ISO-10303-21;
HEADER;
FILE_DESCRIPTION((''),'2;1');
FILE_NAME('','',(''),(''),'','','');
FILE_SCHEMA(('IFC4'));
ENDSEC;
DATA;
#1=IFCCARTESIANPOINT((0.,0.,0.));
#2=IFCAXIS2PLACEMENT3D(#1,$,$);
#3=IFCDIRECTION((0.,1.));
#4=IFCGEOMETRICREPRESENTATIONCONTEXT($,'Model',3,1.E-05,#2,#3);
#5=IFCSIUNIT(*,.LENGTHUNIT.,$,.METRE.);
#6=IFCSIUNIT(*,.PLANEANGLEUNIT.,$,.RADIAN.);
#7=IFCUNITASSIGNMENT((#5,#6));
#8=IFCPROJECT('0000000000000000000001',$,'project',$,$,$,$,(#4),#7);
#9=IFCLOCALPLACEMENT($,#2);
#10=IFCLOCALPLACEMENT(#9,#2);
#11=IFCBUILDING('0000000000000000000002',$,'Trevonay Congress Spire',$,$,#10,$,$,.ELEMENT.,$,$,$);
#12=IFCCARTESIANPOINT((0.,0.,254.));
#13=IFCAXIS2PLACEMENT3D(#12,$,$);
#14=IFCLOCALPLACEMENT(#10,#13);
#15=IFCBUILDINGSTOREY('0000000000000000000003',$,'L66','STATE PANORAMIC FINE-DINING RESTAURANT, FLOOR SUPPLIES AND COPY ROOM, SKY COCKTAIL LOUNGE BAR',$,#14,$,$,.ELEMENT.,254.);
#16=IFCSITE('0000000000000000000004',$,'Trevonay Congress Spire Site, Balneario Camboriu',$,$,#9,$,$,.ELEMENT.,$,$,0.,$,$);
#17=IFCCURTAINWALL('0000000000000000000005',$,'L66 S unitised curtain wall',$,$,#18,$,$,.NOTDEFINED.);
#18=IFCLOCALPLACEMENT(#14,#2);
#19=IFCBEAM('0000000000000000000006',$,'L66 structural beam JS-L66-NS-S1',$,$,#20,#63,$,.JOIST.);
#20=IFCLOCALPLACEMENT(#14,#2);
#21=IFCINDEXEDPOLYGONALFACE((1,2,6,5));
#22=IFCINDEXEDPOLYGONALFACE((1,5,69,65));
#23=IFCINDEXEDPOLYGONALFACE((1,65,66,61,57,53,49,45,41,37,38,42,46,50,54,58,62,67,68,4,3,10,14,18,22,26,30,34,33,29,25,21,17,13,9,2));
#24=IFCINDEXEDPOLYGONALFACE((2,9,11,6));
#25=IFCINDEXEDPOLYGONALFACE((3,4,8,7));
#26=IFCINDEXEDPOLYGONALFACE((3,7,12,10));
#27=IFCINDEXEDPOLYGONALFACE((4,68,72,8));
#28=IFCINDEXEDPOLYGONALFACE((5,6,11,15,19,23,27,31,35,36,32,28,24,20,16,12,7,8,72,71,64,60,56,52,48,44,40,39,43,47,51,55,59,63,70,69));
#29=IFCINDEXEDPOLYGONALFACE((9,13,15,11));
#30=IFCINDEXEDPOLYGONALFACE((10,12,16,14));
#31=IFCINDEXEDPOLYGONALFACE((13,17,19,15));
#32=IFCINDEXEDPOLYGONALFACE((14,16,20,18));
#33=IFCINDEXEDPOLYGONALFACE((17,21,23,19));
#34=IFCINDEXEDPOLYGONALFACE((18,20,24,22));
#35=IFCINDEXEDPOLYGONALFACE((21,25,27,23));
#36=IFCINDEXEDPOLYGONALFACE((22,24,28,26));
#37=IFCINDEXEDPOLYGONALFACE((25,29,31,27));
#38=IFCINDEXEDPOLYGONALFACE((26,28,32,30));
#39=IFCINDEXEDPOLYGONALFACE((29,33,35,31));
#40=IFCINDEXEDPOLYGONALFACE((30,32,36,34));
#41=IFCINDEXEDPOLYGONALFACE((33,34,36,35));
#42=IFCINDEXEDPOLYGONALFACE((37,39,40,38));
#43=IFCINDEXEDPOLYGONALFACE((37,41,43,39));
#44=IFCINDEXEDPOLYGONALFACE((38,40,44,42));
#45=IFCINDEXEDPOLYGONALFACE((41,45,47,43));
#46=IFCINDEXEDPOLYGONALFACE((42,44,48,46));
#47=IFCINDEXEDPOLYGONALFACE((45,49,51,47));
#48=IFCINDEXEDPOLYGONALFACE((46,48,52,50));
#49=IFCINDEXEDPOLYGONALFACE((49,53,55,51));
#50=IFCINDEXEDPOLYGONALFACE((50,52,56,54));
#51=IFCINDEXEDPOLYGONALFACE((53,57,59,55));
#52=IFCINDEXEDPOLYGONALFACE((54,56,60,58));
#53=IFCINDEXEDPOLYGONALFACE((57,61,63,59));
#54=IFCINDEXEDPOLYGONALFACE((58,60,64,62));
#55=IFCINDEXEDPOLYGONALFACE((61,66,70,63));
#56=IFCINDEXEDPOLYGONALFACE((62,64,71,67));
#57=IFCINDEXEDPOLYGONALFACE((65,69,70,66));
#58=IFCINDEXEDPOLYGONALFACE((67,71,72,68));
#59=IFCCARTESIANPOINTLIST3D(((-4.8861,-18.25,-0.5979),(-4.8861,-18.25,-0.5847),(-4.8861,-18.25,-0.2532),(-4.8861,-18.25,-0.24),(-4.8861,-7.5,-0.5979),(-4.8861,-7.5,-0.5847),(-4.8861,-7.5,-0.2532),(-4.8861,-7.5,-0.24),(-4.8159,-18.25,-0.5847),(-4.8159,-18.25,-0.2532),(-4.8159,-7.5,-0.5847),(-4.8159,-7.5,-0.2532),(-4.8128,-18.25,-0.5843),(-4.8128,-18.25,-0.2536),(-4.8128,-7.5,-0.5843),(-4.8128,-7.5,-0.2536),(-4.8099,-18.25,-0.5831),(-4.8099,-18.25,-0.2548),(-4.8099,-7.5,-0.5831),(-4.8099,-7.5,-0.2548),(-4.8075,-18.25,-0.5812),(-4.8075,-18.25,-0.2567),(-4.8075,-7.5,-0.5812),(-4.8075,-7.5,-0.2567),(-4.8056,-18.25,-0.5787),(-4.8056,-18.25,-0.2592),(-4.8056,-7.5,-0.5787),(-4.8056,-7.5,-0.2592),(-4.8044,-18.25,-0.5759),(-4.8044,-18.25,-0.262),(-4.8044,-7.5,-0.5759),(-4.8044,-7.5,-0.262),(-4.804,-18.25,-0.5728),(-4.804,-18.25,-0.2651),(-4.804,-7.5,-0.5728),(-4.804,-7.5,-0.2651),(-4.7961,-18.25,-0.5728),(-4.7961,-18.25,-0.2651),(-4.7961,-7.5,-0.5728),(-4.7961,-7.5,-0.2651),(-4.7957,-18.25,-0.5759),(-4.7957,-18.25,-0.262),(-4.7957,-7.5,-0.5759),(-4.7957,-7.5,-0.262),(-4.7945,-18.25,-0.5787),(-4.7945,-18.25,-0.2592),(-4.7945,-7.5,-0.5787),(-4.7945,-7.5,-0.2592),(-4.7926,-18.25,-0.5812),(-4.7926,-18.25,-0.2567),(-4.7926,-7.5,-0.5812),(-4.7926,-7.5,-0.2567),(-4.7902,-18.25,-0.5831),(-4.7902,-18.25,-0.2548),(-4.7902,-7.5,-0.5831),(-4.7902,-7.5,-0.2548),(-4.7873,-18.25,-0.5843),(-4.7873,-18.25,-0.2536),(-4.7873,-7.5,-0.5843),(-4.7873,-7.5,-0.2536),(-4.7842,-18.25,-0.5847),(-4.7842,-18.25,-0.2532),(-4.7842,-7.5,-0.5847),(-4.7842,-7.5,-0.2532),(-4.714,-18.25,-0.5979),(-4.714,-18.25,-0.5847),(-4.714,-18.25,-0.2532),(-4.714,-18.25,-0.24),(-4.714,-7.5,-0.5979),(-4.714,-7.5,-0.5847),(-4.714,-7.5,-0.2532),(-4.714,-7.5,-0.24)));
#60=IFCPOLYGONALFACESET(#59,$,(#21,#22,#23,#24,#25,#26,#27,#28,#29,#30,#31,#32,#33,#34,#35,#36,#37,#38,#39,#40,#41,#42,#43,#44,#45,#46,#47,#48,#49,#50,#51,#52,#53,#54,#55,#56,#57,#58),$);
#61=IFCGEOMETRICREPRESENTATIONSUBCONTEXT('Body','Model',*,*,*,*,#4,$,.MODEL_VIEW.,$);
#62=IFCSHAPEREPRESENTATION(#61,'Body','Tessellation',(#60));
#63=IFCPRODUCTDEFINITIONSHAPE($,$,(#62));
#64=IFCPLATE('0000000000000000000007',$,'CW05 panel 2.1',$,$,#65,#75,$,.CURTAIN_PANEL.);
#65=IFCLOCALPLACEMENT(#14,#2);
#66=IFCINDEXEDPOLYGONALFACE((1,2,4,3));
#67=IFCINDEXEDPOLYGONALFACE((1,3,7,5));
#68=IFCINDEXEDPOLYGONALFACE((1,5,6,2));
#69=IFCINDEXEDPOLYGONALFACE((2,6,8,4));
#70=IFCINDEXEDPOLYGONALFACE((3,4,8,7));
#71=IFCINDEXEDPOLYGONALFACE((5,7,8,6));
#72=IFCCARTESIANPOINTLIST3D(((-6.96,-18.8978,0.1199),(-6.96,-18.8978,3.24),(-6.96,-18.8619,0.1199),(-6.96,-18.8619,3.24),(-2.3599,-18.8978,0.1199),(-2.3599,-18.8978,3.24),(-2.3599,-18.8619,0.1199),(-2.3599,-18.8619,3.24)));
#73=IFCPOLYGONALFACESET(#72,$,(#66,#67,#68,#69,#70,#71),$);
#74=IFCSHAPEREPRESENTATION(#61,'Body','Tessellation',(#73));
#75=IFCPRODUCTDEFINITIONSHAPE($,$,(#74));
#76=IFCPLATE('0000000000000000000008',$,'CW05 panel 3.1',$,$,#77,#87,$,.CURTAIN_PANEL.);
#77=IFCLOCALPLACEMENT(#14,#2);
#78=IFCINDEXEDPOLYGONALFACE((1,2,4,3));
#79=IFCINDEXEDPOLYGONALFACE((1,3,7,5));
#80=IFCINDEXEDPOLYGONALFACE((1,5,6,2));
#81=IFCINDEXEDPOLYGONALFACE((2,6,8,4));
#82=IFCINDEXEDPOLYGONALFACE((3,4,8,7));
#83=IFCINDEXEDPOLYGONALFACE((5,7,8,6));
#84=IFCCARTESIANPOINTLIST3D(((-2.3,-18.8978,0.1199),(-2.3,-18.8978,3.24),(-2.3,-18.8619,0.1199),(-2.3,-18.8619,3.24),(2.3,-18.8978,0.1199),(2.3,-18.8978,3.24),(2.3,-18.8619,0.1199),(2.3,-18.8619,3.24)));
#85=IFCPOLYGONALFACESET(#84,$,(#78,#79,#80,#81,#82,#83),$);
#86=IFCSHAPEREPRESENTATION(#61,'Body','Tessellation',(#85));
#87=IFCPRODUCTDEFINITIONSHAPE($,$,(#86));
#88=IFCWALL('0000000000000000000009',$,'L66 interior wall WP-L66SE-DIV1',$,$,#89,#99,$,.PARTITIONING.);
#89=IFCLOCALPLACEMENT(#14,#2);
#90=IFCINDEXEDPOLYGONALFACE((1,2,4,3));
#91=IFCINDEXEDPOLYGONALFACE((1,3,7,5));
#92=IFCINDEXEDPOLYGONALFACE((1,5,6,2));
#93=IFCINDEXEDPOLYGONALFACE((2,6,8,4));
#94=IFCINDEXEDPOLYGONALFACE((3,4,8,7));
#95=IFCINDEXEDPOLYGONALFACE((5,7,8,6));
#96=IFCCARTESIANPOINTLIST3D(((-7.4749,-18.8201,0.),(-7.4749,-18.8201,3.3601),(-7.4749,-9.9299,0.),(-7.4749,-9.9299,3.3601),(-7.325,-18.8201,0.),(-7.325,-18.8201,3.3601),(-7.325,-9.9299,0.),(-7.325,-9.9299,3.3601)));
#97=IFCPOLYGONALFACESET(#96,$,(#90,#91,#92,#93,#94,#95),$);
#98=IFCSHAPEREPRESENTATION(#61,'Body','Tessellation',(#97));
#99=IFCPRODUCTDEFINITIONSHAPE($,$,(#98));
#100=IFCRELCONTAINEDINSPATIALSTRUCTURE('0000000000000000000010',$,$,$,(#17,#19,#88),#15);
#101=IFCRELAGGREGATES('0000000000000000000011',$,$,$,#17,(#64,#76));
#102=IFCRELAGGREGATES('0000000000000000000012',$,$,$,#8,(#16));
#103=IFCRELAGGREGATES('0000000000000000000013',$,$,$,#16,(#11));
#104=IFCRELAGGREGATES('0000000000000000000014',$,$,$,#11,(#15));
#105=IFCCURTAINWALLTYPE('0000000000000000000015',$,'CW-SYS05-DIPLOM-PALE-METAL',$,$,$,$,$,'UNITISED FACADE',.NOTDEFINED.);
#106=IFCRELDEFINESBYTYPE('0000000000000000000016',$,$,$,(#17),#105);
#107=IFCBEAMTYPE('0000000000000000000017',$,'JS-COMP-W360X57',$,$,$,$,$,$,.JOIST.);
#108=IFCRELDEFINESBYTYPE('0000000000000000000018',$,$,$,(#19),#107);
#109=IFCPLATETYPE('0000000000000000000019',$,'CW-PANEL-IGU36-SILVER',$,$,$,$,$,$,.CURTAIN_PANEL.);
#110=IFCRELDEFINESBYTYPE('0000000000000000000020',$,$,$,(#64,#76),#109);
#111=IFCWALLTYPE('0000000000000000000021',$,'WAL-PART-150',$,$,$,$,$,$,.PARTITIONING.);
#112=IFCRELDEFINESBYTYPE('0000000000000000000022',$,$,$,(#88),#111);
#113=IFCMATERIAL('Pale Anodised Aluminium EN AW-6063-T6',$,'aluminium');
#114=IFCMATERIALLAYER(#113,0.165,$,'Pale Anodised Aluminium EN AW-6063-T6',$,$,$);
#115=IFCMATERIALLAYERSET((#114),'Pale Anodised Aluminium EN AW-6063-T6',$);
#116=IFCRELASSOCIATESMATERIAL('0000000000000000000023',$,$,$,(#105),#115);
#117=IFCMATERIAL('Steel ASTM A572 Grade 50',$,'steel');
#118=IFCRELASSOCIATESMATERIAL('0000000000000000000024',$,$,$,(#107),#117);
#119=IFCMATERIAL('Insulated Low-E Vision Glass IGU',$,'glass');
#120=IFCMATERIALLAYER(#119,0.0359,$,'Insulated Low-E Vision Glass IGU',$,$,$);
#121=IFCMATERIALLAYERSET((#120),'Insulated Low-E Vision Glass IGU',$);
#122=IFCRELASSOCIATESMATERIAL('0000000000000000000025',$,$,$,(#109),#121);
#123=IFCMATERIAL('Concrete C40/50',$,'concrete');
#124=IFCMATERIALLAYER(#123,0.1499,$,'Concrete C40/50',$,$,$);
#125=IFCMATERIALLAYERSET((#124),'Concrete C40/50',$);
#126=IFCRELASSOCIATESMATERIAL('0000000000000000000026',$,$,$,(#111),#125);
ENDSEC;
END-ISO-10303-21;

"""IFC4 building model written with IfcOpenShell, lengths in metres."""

from ifc_helpers import new_model, si_unit, direction, frame, frame_2d, origin, origin_2d, place, context, subcontext, project, spatial, rectangle, i_section, extrude, material, layer, layer_set, material_profile, profile_set, type_object, element, aggregate, save


model = new_model("IFC4")

# Units and contexts
model_context = context("Model", 3, precision=1e-05, world=origin(), true_north=direction((0.0, 1.0)))
body_context = subcontext(model_context, "Body", "Model", "MODEL_VIEW")
ifc_project = project(units=[si_unit("LENGTHUNIT", "METRE"), si_unit("PLANEANGLEUNIT", "RADIAN")], contexts=[model_context])

# Site, building, storey
site_placement = place(None, origin())
site = spatial("IfcSite", under=ifc_project, at=site_placement, Name="Trevonay Congress Spire Site, Balneario Camboriu", CompositionType="ELEMENT", RefElevation=0.0)
building_placement = place(site_placement, origin())
building = spatial("IfcBuilding", under=site, at=building_placement, Name="Trevonay Congress Spire", CompositionType="ELEMENT")
storey_placement = place(building_placement, frame((0.0, 0.0, 254.0)))
storey = spatial("IfcBuildingStorey", under=building, at=storey_placement, Name="L66", Description="STATE PANORAMIC FINE-DINING RESTAURANT, FLOOR SUPPLIES AND COPY ROOM, SKY COCKTAIL LOUNGE BAR", CompositionType="ELEMENT", Elevation=254.0)

# Shared definitions
ifc_material_1 = material(Name="Steel ASTM A572 Grade 50", Category="steel")

# Curtain wall
ifc_material_2 = material(Name="Pale Anodised Aluminium EN AW-6063-T6", Category="aluminium")
ifc_layer_1 = layer(ifc_material_2, 0.165, Name="Pale Anodised Aluminium EN AW-6063-T6")
ifc_layer_set_1 = layer_set([ifc_layer_1], Name="Pale Anodised Aluminium EN AW-6063-T6")
curtain_wall_type = type_object("IfcCurtainWallType", Name="CW-SYS05-DIPLOM-PALE-METAL", ElementType="UNITISED FACADE", PredefinedType="NOTDEFINED", material=ifc_layer_set_1)
curtain_wall_placement = place(storey_placement, origin())
curtain_wall = element("IfcCurtainWall", 1, at=curtain_wall_placement, inside=storey, type_object=curtain_wall_type, Name="L66 S unitised curtain wall", PredefinedType="NOTDEFINED")

# Beam
ifc_material_profile_1 = material_profile(ifc_material_1, i_section(OverallWidth=0.1721, OverallDepth=0.3579, WebThickness=0.0078, FlangeThickness=0.0132, FilletRadius=0.012, at=origin_2d()), Name="W360x57.8")
ifc_profile_set_1 = profile_set([ifc_material_profile_1], Name="Steel ASTM A572 Grade 50")
beam_type_1 = type_object("IfcBeamType", Name="JS-COMP-W360X57", PredefinedType="JOIST", material=ifc_profile_set_1)
beam_1_placement = place(storey_placement, frame((-4.8, -18.25, -0.4189), z_axis=(0.0, 1.0, 0.0), x_axis=(-1.0, 0.0, 0.0)))
element("IfcBeam", 2, at=beam_1_placement, inside=storey, type_object=beam_type_1, Name="L66 structural beam JS-L66-NS-S1", PredefinedType="JOIST", context=body_context, shape_type="SweptSolid", body=[
    extrude(i_section(OverallWidth=0.1721, OverallDepth=0.3579, WebThickness=0.0078, FlangeThickness=0.0132, FilletRadius=0.012, at=origin_2d()), origin(), (0.0, 0.0, 1.0), 10.75),
])

# Plates
ifc_material_3 = material(Name="Insulated Low-E Vision Glass IGU", Category="glass")
ifc_layer_2 = layer(ifc_material_3, 0.0359, Name="Insulated Low-E Vision Glass IGU")
ifc_layer_set_2 = layer_set([ifc_layer_2], Name="Insulated Low-E Vision Glass IGU")
plate_type = type_object("IfcPlateType", Name="CW-PANEL-IGU36-SILVER", PredefinedType="CURTAIN_PANEL", material=ifc_layer_set_2)
plate_1_placement = place(storey_placement, frame((-4.6599, -18.8799, 0.1199), z_axis=(0.0, 0.0, 1.0), x_axis=(1.0, 0.0, 0.0)))
plate_1 = element("IfcPlate", 3, at=plate_1_placement, type_object=plate_type, Name="CW05 panel 2.1", PredefinedType="CURTAIN_PANEL", context=body_context, shape_type="SweptSolid", body=[
    extrude(rectangle(XDim=4.6001, YDim=0.0359, at=origin_2d()), origin(), (0.0, 0.0, 1.0), 3.1201),
])
plate_2_placement = place(storey_placement, frame((0.0, -18.8799, 0.1199), z_axis=(0.0, 0.0, 1.0), x_axis=(1.0, 0.0, 0.0)))
plate_2 = element("IfcPlate", 4, at=plate_2_placement, type_object=plate_type, Name="CW05 panel 3.1", PredefinedType="CURTAIN_PANEL", context=body_context, shape_type="SweptSolid", body=[
    extrude(rectangle(XDim=4.6001, YDim=0.0359, at=origin_2d()), origin(), (0.0, 0.0, 1.0), 3.1201),
])
aggregate(curtain_wall, [plate_1, plate_2])

# Wall
ifc_material_4 = material(Name="Concrete C40/50", Category="concrete")
ifc_layer_3 = layer(ifc_material_4, 0.1499, Name="Concrete C40/50")
ifc_layer_set_3 = layer_set([ifc_layer_3], Name="Concrete C40/50")
wall_type = type_object("IfcWallType", Name="WAL-PART-150", PredefinedType="PARTITIONING", material=ifc_layer_set_3)
wall_placement = place(storey_placement, frame((-7.3999, -18.8201, 0.0), z_axis=(0.0, 0.0, 1.0), x_axis=(0.0, 1.0, 0.0)))
element("IfcWall", 5, at=wall_placement, inside=storey, type_object=wall_type, Name="L66 interior wall WP-L66SE-DIV1", PredefinedType="PARTITIONING", context=body_context, shape_type="SweptSolid", body=[
    extrude(rectangle(XDim=8.8901, YDim=0.1499, at=frame_2d((4.4451, 0.0))), origin(), (0.0, 0.0, 1.0), 3.3601),
])

save(model, "model.ifc")
